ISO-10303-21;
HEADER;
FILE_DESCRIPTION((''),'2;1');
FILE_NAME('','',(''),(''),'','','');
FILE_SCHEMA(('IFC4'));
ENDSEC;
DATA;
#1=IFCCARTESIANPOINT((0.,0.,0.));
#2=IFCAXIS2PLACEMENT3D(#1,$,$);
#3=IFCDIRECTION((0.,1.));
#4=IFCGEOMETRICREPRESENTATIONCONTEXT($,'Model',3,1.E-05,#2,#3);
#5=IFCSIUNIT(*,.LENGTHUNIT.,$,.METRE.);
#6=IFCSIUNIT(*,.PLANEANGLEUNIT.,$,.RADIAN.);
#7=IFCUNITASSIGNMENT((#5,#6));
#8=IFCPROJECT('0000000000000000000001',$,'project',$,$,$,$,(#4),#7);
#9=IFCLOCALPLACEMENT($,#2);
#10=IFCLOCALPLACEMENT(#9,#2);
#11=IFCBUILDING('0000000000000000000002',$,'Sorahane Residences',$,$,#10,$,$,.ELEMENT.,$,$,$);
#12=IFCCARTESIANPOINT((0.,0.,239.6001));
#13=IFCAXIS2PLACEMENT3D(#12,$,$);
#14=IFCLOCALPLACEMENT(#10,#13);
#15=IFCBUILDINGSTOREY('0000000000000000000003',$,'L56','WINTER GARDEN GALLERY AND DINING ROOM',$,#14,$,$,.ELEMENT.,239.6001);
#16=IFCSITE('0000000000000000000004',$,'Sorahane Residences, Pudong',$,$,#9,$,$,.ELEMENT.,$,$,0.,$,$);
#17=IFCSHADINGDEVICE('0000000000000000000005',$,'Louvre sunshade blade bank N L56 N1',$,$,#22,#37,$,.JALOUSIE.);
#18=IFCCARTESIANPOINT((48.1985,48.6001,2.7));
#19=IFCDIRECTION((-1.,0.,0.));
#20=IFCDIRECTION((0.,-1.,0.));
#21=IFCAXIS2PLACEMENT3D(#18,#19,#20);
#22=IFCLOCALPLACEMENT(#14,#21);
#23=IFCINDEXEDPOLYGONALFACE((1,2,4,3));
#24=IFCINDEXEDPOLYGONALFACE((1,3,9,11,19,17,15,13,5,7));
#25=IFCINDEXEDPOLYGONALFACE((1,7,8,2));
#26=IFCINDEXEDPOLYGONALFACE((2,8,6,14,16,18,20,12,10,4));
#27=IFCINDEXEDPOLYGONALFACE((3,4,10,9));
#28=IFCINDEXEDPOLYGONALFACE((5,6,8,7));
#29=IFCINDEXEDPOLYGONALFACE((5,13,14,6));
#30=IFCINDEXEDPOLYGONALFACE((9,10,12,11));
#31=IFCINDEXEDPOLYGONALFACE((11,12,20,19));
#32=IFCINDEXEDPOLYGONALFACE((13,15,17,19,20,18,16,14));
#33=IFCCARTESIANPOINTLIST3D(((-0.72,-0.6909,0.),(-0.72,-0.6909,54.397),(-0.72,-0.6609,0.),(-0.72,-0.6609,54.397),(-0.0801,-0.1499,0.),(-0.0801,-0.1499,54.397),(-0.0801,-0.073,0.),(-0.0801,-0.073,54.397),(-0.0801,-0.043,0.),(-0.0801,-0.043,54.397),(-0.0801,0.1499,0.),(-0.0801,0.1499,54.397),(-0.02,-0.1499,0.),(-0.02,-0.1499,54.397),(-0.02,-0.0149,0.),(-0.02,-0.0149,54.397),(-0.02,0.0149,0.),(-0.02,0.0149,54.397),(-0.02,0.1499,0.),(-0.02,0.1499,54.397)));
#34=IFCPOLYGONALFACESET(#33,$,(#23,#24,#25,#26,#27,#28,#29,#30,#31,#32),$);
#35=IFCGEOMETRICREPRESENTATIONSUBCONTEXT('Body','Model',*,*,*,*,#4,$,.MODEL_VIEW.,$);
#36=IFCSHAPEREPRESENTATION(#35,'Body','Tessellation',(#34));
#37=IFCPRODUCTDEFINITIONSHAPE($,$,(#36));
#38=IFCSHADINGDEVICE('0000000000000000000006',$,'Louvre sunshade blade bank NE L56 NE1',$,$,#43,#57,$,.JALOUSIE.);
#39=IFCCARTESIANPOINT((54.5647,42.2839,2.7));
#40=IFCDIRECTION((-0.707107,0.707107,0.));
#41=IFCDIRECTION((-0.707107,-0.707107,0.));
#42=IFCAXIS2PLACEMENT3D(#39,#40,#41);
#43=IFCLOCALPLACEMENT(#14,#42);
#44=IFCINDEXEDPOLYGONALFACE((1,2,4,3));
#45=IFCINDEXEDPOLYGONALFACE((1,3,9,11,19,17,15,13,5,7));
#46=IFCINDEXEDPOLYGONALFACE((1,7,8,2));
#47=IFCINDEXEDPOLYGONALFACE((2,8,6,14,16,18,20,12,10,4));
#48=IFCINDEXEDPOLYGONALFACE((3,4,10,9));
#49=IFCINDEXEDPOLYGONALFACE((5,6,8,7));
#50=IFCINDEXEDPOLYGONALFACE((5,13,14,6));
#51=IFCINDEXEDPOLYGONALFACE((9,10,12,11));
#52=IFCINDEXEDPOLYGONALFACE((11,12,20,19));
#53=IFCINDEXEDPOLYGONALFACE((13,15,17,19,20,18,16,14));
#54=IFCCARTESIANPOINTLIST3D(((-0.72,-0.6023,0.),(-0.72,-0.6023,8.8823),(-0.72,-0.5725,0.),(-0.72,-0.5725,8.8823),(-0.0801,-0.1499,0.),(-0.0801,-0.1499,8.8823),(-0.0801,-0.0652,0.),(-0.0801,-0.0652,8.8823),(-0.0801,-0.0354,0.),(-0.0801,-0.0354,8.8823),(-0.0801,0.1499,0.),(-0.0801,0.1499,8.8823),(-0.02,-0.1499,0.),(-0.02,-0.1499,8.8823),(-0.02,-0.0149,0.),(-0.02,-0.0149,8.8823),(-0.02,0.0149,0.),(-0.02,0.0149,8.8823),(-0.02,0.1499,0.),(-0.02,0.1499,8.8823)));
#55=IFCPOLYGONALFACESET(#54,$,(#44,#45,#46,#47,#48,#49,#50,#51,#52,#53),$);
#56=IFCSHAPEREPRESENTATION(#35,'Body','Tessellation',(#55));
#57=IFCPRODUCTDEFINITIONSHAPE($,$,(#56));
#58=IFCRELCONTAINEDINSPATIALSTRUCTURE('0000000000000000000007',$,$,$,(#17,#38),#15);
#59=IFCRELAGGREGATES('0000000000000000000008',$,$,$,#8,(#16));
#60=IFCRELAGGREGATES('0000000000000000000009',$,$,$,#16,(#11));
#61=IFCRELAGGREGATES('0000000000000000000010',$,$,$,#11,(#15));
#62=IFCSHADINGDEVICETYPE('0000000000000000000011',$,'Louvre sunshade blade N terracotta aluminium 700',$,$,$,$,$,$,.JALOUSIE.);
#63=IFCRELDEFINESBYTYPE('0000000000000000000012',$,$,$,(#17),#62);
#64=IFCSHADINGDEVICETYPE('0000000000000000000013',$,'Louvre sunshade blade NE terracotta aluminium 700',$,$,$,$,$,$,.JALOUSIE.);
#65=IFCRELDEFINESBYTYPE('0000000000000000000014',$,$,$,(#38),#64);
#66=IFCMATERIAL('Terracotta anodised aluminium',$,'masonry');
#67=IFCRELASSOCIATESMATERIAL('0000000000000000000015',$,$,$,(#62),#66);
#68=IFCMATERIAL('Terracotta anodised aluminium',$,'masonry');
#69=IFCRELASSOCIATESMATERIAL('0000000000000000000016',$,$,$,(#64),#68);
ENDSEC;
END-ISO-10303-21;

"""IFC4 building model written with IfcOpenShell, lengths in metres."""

from ifc_helpers import new_model, si_unit, direction, frame, origin, place, context, subcontext, project, spatial, polyline, outline, extrude, material, type_object, element, save


model = new_model("IFC4")

# Units and contexts
model_context = context("Model", 3, precision=1e-05, world=origin(), true_north=direction((0.0, 1.0)))
body_context = subcontext(model_context, "Body", "Model", "MODEL_VIEW")
ifc_project = project(units=[si_unit("LENGTHUNIT", "METRE"), si_unit("PLANEANGLEUNIT", "RADIAN")], contexts=[model_context])

# Site, building, storey
site_placement = place(None, origin())
site = spatial("IfcSite", under=ifc_project, at=site_placement, Name="Sorahane Residences, Pudong", CompositionType="ELEMENT", RefElevation=0.0)
building_placement = place(site_placement, origin())
building = spatial("IfcBuilding", under=site, at=building_placement, Name="Sorahane Residences", CompositionType="ELEMENT")
storey_placement = place(building_placement, frame((0.0, 0.0, 239.6001)))
storey = spatial("IfcBuildingStorey", under=building, at=storey_placement, Name="L56", Description="WINTER GARDEN GALLERY AND DINING ROOM", CompositionType="ELEMENT", Elevation=239.6001)

# Shading devices
ifc_material_1 = material(Name="Terracotta anodised aluminium", Category="masonry")
shading_device_type_1 = type_object("IfcShadingDeviceType", Name="Louvre sunshade blade N terracotta aluminium 700", PredefinedType="JALOUSIE", material=ifc_material_1)
shading_device_1_placement = place(storey_placement, frame((48.1985, 48.6001, 2.7), z_axis=(-1.0, 0.0, 0.0), x_axis=(0.0, -1.0, 0.0)))
element("IfcShadingDevice", 1, at=shading_device_1_placement, inside=storey, type_object=shading_device_type_1, Name="Louvre sunshade blade bank N L56 N1", PredefinedType="JALOUSIE", context=body_context, shape_type="SweptSolid", body=[
    extrude(outline(polyline([(-0.72, -0.6609), (-0.72, -0.6909), (-0.0801, -0.073), (-0.0801, -0.1499), (-0.02, -0.1499), (-0.02, -0.0149), (-0.02, 0.0149), (-0.02, 0.1499), (-0.0801, 0.1499), (-0.0801, -0.043), (-0.72, -0.6609)])), origin(), (0.0, 0.0, 1.0), 54.397),
])
ifc_material_2 = material(Name="Terracotta anodised aluminium", Category="masonry")
shading_device_type_2 = type_object("IfcShadingDeviceType", Name="Louvre sunshade blade NE terracotta aluminium 700", PredefinedType="JALOUSIE", material=ifc_material_2)
shading_device_2_placement = place(storey_placement, frame((54.5647, 42.2839, 2.7), z_axis=(-0.707107, 0.707107, 0.0), x_axis=(-0.707107, -0.707107, 0.0)))
element("IfcShadingDevice", 2, at=shading_device_2_placement, inside=storey, type_object=shading_device_type_2, Name="Louvre sunshade blade bank NE L56 NE1", PredefinedType="JALOUSIE", context=body_context, shape_type="SweptSolid", body=[
    extrude(outline(polyline([(-0.72, -0.5725), (-0.72, -0.6023), (-0.0801, -0.0652), (-0.0801, -0.1499), (-0.02, -0.1499), (-0.02, -0.0149), (-0.02, 0.0149), (-0.02, 0.1499), (-0.0801, 0.1499), (-0.0801, -0.0354), (-0.72, -0.5725)])), origin(), (0.0, 0.0, 1.0), 8.8823),
])

save(model, "model.ifc")
